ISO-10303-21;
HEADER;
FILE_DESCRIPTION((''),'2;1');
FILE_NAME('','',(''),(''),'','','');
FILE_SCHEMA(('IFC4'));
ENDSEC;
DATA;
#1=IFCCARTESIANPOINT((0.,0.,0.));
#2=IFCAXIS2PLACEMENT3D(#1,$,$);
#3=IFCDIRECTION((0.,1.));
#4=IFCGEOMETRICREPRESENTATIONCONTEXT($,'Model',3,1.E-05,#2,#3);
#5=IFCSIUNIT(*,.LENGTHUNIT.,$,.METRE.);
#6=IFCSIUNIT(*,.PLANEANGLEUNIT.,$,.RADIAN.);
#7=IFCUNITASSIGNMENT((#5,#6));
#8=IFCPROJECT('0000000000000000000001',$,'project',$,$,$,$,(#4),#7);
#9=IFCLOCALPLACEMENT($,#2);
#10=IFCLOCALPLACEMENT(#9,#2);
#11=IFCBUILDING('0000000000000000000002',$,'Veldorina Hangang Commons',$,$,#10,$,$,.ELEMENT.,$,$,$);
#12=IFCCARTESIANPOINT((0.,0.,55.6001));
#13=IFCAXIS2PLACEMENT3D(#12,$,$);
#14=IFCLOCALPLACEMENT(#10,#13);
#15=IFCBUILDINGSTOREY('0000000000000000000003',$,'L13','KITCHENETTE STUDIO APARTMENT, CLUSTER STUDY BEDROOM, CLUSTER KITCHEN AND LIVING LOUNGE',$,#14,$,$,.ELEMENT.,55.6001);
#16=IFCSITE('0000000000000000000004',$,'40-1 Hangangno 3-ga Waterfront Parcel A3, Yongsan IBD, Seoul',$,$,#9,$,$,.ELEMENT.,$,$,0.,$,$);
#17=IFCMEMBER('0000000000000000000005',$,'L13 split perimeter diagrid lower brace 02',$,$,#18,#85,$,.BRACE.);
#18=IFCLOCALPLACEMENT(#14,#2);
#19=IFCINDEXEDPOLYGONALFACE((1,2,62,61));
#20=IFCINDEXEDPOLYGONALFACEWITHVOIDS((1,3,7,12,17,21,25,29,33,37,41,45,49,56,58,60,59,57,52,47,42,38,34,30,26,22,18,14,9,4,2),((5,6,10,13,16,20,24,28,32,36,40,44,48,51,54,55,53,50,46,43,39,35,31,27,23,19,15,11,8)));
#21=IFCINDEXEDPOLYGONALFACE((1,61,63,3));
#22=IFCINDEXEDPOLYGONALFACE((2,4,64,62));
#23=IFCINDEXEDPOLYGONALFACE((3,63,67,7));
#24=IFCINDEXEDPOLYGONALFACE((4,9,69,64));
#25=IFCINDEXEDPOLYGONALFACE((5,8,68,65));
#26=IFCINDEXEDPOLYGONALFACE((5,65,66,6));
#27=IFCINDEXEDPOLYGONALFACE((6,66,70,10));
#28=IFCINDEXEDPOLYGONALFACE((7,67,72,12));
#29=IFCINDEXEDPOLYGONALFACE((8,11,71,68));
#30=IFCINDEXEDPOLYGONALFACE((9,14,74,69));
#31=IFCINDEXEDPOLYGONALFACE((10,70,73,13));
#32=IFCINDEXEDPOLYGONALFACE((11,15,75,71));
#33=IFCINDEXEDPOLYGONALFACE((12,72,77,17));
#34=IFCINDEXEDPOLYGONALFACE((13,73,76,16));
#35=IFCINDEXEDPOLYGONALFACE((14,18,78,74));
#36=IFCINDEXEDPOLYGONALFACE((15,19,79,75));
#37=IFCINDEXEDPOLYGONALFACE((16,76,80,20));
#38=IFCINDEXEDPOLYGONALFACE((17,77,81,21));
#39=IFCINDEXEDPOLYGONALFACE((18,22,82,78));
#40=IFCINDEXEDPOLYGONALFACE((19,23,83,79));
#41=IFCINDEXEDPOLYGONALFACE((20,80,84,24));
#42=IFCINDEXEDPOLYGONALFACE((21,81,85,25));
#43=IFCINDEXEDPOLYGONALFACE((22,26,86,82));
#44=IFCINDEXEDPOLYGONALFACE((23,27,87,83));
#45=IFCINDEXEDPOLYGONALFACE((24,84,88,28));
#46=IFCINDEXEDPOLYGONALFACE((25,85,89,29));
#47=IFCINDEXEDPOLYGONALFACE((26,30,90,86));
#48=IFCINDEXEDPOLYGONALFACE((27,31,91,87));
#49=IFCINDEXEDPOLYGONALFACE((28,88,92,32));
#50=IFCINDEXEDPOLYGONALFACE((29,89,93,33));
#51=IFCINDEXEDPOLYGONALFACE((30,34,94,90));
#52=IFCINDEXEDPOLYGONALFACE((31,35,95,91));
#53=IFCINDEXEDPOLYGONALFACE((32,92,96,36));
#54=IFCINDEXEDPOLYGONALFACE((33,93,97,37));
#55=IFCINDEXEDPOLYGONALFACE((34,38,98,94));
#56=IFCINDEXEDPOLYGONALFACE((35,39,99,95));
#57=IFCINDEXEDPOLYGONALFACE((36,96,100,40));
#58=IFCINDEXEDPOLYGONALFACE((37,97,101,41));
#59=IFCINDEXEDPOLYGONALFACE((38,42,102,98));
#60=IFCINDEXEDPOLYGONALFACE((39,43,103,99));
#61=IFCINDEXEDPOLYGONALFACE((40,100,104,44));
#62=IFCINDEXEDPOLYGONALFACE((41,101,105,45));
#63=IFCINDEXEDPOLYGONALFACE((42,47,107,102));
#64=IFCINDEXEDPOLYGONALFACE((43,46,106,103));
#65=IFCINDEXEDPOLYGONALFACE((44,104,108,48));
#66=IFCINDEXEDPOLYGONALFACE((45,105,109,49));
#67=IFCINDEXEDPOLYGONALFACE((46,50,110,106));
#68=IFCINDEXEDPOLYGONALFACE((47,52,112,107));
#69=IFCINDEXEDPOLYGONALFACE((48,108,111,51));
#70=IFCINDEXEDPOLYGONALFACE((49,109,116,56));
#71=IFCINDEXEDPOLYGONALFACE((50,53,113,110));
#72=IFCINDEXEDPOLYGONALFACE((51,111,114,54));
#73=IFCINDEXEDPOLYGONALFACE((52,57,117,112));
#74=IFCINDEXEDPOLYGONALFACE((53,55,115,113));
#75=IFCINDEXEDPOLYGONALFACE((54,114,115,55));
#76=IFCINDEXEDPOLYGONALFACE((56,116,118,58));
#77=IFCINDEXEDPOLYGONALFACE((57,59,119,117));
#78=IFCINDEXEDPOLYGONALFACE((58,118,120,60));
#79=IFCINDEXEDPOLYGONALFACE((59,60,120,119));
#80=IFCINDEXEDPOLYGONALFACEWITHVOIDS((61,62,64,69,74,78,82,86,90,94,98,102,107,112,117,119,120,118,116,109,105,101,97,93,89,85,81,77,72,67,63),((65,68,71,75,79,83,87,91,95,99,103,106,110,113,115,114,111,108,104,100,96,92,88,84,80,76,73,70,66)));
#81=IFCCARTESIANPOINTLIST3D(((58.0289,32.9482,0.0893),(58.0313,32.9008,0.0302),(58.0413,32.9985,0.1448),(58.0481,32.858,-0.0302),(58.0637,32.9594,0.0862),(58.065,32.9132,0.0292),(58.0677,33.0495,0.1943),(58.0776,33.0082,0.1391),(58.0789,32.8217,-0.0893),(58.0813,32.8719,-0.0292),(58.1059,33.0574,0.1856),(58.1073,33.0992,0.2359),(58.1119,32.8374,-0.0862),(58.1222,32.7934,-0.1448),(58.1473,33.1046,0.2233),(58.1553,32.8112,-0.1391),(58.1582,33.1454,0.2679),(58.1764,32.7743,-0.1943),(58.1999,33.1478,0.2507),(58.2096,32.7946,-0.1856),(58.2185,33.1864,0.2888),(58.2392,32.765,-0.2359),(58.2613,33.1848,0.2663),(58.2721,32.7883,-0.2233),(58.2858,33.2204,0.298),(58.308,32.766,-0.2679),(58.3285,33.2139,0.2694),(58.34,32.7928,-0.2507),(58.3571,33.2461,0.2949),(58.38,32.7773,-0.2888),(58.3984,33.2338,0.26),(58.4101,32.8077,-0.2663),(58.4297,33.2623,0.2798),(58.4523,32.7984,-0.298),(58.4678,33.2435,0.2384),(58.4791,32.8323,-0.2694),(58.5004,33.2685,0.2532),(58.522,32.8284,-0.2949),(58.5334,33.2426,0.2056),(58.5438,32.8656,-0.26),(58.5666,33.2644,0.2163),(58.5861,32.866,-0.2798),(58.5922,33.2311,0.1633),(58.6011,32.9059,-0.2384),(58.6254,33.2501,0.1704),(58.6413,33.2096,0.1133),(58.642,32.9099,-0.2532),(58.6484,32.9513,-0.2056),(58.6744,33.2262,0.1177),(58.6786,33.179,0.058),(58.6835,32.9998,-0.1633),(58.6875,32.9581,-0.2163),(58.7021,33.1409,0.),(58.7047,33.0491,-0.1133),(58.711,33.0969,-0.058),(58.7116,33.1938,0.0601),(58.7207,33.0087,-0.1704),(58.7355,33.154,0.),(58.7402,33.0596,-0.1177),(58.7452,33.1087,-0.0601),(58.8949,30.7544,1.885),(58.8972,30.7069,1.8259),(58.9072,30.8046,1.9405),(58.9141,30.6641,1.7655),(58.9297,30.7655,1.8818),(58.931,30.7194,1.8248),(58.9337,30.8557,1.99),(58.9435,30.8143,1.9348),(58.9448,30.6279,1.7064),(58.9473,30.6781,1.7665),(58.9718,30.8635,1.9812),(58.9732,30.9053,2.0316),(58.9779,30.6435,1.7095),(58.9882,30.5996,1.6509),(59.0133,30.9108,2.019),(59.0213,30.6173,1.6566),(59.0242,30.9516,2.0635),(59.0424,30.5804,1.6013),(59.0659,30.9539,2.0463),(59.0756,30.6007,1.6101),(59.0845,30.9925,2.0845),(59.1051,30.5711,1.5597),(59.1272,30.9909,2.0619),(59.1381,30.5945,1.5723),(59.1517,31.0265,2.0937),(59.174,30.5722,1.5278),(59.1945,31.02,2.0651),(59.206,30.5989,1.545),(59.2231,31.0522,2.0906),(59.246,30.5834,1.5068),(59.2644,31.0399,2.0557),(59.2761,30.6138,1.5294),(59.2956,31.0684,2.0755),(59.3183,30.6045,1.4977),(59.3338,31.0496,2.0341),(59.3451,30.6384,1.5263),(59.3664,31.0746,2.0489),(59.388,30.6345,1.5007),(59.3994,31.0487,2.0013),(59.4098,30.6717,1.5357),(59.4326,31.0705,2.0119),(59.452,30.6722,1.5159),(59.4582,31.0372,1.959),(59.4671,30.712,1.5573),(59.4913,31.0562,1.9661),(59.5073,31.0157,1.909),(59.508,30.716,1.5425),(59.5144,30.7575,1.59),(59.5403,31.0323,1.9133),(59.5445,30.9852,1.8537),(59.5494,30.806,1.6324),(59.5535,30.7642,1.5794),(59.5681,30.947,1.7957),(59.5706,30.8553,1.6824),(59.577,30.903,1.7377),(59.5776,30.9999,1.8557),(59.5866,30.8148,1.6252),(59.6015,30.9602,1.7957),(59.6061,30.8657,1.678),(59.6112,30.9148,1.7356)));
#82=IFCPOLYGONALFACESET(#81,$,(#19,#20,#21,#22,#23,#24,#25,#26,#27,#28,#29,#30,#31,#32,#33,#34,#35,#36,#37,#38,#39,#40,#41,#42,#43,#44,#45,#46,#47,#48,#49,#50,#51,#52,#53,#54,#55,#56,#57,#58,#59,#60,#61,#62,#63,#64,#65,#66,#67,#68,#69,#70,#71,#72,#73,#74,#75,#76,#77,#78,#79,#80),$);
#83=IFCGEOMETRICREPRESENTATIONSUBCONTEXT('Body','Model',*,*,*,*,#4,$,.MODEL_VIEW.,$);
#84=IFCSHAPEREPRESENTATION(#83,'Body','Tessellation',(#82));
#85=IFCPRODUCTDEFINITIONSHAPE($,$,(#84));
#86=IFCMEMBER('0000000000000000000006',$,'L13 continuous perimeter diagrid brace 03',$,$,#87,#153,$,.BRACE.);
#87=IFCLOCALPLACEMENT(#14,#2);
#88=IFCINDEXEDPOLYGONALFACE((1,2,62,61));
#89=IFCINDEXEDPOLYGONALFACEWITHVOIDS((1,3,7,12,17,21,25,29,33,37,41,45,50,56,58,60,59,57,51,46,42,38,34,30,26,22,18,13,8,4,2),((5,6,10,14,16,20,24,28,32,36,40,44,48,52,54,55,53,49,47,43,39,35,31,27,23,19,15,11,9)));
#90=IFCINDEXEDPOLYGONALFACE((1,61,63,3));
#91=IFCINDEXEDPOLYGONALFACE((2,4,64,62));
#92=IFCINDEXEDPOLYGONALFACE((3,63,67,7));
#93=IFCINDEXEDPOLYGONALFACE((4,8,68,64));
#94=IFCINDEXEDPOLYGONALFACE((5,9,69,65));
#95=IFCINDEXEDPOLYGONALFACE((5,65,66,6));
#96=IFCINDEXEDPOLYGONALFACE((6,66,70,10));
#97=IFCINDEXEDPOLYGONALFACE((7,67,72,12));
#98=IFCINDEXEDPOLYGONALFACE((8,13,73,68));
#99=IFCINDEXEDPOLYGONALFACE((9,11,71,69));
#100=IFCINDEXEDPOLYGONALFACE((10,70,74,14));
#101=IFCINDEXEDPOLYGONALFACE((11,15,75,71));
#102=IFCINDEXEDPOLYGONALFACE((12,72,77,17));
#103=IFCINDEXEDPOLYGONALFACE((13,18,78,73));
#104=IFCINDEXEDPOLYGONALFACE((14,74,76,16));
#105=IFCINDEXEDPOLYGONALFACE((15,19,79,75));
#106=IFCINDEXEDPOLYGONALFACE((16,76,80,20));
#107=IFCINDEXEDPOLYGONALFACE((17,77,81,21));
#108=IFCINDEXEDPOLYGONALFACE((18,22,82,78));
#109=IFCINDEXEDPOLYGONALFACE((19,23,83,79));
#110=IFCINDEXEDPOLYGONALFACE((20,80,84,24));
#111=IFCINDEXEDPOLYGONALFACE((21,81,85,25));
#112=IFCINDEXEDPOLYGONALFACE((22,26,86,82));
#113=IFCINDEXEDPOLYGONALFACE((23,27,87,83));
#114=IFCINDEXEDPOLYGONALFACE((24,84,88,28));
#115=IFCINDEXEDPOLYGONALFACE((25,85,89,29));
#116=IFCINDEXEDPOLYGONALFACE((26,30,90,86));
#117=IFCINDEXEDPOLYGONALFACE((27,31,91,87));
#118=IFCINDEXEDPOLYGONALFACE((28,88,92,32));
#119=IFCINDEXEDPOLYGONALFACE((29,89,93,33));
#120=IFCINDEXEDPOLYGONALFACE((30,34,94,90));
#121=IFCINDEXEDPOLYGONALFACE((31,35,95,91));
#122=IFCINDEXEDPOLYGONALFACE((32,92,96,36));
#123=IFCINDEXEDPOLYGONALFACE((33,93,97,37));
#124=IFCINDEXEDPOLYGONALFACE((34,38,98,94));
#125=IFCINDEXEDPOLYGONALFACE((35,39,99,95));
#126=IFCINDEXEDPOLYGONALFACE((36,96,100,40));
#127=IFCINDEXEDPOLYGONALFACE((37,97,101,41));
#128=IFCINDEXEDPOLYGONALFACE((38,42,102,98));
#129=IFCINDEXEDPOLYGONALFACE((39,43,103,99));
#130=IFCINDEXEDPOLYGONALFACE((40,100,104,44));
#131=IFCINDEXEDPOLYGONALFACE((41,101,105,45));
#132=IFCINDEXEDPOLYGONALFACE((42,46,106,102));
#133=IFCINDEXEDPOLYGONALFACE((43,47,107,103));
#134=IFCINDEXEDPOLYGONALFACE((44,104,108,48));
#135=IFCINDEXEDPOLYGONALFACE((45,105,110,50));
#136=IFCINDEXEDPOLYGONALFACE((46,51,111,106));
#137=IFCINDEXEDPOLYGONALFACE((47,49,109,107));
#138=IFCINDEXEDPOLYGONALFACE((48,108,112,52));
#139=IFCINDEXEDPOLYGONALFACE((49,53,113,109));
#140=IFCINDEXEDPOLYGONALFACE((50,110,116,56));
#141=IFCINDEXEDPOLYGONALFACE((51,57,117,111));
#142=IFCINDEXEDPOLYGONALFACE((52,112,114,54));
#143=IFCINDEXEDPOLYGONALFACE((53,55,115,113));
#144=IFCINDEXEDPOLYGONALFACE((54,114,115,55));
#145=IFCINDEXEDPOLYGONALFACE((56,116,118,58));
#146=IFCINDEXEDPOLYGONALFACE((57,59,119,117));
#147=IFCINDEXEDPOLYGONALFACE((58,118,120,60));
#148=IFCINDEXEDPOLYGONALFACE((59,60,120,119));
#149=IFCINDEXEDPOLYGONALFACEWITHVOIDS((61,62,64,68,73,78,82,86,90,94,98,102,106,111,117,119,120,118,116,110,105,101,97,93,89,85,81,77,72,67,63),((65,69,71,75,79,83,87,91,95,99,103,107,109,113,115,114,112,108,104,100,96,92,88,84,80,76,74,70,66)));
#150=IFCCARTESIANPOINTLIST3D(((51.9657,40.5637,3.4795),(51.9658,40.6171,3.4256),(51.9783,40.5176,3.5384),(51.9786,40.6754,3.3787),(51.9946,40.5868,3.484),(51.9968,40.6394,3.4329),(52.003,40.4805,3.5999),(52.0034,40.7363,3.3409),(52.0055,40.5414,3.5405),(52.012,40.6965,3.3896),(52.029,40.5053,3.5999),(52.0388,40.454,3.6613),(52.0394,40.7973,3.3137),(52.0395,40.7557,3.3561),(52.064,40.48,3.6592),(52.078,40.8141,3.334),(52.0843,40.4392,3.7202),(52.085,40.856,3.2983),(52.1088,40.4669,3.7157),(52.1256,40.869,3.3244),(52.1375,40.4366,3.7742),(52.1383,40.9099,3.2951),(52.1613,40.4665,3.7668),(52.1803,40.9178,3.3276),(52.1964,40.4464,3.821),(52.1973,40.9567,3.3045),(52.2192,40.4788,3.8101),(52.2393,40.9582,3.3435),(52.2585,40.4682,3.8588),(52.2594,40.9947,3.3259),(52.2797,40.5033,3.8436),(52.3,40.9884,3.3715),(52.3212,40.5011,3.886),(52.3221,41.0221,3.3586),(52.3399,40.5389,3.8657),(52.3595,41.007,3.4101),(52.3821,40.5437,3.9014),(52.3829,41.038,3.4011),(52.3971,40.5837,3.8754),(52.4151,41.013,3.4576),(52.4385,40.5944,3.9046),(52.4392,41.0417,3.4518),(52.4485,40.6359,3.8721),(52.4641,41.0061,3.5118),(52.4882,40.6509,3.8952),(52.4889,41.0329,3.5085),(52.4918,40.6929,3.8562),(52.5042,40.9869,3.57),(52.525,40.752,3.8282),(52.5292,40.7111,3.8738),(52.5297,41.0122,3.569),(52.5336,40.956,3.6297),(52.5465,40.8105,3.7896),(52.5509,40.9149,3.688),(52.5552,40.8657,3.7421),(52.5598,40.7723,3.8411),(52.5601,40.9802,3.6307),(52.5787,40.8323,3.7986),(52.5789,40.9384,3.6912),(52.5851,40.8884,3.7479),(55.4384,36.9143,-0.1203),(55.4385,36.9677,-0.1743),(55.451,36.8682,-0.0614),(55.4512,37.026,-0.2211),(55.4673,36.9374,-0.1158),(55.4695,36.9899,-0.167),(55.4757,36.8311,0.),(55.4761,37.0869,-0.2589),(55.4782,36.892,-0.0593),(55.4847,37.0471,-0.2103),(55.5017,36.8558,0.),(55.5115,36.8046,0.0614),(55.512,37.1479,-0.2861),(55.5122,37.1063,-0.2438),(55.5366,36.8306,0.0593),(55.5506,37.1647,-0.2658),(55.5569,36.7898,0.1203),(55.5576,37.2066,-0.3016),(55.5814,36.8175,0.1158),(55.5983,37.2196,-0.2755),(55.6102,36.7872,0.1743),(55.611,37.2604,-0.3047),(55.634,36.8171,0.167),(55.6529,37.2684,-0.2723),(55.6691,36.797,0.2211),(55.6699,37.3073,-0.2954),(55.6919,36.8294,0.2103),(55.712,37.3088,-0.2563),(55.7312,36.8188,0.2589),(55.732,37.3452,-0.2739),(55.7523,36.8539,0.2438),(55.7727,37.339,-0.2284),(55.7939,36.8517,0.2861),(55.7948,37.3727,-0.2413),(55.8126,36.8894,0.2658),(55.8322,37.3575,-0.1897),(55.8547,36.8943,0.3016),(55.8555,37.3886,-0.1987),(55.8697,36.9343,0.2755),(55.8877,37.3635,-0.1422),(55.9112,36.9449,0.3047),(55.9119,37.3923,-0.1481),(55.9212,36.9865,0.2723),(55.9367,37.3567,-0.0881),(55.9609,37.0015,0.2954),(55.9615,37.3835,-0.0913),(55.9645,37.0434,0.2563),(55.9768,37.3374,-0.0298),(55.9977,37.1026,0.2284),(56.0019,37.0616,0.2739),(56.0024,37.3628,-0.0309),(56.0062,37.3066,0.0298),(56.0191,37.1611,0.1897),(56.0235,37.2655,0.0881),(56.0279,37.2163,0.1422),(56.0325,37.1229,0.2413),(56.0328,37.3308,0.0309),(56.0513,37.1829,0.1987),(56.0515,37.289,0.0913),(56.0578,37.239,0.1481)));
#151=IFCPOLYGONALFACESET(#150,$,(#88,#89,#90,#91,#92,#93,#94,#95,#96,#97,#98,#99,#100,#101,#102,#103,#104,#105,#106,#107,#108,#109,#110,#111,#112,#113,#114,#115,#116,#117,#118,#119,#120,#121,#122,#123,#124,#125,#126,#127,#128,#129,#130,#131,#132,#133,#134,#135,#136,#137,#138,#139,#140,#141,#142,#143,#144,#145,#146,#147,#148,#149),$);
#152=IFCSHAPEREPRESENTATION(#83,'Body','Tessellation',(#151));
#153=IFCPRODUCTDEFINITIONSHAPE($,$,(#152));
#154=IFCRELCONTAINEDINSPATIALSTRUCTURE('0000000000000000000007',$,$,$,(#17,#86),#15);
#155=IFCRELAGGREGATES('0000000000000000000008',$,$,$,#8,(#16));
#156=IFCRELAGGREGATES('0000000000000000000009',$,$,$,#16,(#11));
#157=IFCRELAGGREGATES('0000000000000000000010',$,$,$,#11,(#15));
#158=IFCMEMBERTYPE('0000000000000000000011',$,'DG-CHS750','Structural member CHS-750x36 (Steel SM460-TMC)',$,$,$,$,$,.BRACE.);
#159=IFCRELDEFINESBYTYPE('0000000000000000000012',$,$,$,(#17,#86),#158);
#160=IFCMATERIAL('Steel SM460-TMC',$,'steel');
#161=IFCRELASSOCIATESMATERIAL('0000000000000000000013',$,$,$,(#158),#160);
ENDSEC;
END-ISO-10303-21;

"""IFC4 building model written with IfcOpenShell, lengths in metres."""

from ifc_helpers import new_model, si_unit, direction, frame, origin, origin_2d, place, context, subcontext, project, spatial, hollow_circle, extrude, material, material_profile, profile_set, type_object, element, save


model = new_model("IFC4")

# Units and contexts
model_context = context("Model", 3, precision=1e-05, world=origin(), true_north=direction((0.0, 1.0)))
body_context = subcontext(model_context, "Body", "Model", "MODEL_VIEW")
ifc_project = project(units=[si_unit("LENGTHUNIT", "METRE"), si_unit("PLANEANGLEUNIT", "RADIAN")], contexts=[model_context])

# Site, building, storey
site_placement = place(None, origin())
site = spatial("IfcSite", under=ifc_project, at=site_placement, Name="40-1 Hangangno 3-ga Waterfront Parcel A3, Yongsan IBD, Seoul", CompositionType="ELEMENT", RefElevation=0.0)
building_placement = place(site_placement, origin())
building = spatial("IfcBuilding", under=site, at=building_placement, Name="Veldorina Hangang Commons", CompositionType="ELEMENT")
storey_placement = place(building_placement, frame((0.0, 0.0, 55.6001)))
storey = spatial("IfcBuildingStorey", under=building, at=storey_placement, Name="L13", Description="KITCHENETTE STUDIO APARTMENT, CLUSTER STUDY BEDROOM, CLUSTER KITCHEN AND LIVING LOUNGE", CompositionType="ELEMENT", Elevation=55.6001)

# Shared definitions
ifc_material_1 = material(Name="Steel SM460-TMC", Category="steel")

# Members
ifc_material_profile_1 = material_profile(ifc_material_1, hollow_circle(Radius=0.375, WallThickness=0.0359, at=origin_2d()), Name="CHS-750x36")
ifc_profile_set_1 = profile_set([ifc_material_profile_1], Name="Steel SM460-TMC")
member_type = type_object("IfcMemberType", Name="DG-CHS750", Description="Structural member CHS-750x36 (Steel SM460-TMC)", PredefinedType="BRACE", material=ifc_profile_set_1)
member_1_placement = place(storey_placement, frame((58.3867, 33.0164, 0.0), z_axis=(0.292129, -0.740083, 0.605754), x_axis=(0.930159, 0.367157, 0.0)))
element("IfcMember", 1, at=member_1_placement, inside=storey, type_object=member_type, Name="L13 split perimeter diagrid lower brace 02", PredefinedType="BRACE", context=body_context, shape_type="SweptSolid", body=[
    extrude(hollow_circle(Radius=0.375, WallThickness=0.0359, at=origin_2d()), origin(), (0.0, 0.0, 1.0), 2.9644),
])
member_2_placement = place(storey_placement, frame((55.7473, 37.0896, 0.0), z_axis=(-0.560861, 0.589409, 0.581405), x_axis=(-0.724433, -0.689345, 0.0)))
element("IfcMember", 2, at=member_2_placement, inside=storey, type_object=member_type, Name="L13 continuous perimeter diagrid brace 03", PredefinedType="BRACE", context=body_context, shape_type="SweptSolid", body=[
    extrude(hollow_circle(Radius=0.375, WallThickness=0.0359, at=origin_2d()), origin(), (0.0, 0.0, 1.0), 6.1917),
])

save(model, "model.ifc")
